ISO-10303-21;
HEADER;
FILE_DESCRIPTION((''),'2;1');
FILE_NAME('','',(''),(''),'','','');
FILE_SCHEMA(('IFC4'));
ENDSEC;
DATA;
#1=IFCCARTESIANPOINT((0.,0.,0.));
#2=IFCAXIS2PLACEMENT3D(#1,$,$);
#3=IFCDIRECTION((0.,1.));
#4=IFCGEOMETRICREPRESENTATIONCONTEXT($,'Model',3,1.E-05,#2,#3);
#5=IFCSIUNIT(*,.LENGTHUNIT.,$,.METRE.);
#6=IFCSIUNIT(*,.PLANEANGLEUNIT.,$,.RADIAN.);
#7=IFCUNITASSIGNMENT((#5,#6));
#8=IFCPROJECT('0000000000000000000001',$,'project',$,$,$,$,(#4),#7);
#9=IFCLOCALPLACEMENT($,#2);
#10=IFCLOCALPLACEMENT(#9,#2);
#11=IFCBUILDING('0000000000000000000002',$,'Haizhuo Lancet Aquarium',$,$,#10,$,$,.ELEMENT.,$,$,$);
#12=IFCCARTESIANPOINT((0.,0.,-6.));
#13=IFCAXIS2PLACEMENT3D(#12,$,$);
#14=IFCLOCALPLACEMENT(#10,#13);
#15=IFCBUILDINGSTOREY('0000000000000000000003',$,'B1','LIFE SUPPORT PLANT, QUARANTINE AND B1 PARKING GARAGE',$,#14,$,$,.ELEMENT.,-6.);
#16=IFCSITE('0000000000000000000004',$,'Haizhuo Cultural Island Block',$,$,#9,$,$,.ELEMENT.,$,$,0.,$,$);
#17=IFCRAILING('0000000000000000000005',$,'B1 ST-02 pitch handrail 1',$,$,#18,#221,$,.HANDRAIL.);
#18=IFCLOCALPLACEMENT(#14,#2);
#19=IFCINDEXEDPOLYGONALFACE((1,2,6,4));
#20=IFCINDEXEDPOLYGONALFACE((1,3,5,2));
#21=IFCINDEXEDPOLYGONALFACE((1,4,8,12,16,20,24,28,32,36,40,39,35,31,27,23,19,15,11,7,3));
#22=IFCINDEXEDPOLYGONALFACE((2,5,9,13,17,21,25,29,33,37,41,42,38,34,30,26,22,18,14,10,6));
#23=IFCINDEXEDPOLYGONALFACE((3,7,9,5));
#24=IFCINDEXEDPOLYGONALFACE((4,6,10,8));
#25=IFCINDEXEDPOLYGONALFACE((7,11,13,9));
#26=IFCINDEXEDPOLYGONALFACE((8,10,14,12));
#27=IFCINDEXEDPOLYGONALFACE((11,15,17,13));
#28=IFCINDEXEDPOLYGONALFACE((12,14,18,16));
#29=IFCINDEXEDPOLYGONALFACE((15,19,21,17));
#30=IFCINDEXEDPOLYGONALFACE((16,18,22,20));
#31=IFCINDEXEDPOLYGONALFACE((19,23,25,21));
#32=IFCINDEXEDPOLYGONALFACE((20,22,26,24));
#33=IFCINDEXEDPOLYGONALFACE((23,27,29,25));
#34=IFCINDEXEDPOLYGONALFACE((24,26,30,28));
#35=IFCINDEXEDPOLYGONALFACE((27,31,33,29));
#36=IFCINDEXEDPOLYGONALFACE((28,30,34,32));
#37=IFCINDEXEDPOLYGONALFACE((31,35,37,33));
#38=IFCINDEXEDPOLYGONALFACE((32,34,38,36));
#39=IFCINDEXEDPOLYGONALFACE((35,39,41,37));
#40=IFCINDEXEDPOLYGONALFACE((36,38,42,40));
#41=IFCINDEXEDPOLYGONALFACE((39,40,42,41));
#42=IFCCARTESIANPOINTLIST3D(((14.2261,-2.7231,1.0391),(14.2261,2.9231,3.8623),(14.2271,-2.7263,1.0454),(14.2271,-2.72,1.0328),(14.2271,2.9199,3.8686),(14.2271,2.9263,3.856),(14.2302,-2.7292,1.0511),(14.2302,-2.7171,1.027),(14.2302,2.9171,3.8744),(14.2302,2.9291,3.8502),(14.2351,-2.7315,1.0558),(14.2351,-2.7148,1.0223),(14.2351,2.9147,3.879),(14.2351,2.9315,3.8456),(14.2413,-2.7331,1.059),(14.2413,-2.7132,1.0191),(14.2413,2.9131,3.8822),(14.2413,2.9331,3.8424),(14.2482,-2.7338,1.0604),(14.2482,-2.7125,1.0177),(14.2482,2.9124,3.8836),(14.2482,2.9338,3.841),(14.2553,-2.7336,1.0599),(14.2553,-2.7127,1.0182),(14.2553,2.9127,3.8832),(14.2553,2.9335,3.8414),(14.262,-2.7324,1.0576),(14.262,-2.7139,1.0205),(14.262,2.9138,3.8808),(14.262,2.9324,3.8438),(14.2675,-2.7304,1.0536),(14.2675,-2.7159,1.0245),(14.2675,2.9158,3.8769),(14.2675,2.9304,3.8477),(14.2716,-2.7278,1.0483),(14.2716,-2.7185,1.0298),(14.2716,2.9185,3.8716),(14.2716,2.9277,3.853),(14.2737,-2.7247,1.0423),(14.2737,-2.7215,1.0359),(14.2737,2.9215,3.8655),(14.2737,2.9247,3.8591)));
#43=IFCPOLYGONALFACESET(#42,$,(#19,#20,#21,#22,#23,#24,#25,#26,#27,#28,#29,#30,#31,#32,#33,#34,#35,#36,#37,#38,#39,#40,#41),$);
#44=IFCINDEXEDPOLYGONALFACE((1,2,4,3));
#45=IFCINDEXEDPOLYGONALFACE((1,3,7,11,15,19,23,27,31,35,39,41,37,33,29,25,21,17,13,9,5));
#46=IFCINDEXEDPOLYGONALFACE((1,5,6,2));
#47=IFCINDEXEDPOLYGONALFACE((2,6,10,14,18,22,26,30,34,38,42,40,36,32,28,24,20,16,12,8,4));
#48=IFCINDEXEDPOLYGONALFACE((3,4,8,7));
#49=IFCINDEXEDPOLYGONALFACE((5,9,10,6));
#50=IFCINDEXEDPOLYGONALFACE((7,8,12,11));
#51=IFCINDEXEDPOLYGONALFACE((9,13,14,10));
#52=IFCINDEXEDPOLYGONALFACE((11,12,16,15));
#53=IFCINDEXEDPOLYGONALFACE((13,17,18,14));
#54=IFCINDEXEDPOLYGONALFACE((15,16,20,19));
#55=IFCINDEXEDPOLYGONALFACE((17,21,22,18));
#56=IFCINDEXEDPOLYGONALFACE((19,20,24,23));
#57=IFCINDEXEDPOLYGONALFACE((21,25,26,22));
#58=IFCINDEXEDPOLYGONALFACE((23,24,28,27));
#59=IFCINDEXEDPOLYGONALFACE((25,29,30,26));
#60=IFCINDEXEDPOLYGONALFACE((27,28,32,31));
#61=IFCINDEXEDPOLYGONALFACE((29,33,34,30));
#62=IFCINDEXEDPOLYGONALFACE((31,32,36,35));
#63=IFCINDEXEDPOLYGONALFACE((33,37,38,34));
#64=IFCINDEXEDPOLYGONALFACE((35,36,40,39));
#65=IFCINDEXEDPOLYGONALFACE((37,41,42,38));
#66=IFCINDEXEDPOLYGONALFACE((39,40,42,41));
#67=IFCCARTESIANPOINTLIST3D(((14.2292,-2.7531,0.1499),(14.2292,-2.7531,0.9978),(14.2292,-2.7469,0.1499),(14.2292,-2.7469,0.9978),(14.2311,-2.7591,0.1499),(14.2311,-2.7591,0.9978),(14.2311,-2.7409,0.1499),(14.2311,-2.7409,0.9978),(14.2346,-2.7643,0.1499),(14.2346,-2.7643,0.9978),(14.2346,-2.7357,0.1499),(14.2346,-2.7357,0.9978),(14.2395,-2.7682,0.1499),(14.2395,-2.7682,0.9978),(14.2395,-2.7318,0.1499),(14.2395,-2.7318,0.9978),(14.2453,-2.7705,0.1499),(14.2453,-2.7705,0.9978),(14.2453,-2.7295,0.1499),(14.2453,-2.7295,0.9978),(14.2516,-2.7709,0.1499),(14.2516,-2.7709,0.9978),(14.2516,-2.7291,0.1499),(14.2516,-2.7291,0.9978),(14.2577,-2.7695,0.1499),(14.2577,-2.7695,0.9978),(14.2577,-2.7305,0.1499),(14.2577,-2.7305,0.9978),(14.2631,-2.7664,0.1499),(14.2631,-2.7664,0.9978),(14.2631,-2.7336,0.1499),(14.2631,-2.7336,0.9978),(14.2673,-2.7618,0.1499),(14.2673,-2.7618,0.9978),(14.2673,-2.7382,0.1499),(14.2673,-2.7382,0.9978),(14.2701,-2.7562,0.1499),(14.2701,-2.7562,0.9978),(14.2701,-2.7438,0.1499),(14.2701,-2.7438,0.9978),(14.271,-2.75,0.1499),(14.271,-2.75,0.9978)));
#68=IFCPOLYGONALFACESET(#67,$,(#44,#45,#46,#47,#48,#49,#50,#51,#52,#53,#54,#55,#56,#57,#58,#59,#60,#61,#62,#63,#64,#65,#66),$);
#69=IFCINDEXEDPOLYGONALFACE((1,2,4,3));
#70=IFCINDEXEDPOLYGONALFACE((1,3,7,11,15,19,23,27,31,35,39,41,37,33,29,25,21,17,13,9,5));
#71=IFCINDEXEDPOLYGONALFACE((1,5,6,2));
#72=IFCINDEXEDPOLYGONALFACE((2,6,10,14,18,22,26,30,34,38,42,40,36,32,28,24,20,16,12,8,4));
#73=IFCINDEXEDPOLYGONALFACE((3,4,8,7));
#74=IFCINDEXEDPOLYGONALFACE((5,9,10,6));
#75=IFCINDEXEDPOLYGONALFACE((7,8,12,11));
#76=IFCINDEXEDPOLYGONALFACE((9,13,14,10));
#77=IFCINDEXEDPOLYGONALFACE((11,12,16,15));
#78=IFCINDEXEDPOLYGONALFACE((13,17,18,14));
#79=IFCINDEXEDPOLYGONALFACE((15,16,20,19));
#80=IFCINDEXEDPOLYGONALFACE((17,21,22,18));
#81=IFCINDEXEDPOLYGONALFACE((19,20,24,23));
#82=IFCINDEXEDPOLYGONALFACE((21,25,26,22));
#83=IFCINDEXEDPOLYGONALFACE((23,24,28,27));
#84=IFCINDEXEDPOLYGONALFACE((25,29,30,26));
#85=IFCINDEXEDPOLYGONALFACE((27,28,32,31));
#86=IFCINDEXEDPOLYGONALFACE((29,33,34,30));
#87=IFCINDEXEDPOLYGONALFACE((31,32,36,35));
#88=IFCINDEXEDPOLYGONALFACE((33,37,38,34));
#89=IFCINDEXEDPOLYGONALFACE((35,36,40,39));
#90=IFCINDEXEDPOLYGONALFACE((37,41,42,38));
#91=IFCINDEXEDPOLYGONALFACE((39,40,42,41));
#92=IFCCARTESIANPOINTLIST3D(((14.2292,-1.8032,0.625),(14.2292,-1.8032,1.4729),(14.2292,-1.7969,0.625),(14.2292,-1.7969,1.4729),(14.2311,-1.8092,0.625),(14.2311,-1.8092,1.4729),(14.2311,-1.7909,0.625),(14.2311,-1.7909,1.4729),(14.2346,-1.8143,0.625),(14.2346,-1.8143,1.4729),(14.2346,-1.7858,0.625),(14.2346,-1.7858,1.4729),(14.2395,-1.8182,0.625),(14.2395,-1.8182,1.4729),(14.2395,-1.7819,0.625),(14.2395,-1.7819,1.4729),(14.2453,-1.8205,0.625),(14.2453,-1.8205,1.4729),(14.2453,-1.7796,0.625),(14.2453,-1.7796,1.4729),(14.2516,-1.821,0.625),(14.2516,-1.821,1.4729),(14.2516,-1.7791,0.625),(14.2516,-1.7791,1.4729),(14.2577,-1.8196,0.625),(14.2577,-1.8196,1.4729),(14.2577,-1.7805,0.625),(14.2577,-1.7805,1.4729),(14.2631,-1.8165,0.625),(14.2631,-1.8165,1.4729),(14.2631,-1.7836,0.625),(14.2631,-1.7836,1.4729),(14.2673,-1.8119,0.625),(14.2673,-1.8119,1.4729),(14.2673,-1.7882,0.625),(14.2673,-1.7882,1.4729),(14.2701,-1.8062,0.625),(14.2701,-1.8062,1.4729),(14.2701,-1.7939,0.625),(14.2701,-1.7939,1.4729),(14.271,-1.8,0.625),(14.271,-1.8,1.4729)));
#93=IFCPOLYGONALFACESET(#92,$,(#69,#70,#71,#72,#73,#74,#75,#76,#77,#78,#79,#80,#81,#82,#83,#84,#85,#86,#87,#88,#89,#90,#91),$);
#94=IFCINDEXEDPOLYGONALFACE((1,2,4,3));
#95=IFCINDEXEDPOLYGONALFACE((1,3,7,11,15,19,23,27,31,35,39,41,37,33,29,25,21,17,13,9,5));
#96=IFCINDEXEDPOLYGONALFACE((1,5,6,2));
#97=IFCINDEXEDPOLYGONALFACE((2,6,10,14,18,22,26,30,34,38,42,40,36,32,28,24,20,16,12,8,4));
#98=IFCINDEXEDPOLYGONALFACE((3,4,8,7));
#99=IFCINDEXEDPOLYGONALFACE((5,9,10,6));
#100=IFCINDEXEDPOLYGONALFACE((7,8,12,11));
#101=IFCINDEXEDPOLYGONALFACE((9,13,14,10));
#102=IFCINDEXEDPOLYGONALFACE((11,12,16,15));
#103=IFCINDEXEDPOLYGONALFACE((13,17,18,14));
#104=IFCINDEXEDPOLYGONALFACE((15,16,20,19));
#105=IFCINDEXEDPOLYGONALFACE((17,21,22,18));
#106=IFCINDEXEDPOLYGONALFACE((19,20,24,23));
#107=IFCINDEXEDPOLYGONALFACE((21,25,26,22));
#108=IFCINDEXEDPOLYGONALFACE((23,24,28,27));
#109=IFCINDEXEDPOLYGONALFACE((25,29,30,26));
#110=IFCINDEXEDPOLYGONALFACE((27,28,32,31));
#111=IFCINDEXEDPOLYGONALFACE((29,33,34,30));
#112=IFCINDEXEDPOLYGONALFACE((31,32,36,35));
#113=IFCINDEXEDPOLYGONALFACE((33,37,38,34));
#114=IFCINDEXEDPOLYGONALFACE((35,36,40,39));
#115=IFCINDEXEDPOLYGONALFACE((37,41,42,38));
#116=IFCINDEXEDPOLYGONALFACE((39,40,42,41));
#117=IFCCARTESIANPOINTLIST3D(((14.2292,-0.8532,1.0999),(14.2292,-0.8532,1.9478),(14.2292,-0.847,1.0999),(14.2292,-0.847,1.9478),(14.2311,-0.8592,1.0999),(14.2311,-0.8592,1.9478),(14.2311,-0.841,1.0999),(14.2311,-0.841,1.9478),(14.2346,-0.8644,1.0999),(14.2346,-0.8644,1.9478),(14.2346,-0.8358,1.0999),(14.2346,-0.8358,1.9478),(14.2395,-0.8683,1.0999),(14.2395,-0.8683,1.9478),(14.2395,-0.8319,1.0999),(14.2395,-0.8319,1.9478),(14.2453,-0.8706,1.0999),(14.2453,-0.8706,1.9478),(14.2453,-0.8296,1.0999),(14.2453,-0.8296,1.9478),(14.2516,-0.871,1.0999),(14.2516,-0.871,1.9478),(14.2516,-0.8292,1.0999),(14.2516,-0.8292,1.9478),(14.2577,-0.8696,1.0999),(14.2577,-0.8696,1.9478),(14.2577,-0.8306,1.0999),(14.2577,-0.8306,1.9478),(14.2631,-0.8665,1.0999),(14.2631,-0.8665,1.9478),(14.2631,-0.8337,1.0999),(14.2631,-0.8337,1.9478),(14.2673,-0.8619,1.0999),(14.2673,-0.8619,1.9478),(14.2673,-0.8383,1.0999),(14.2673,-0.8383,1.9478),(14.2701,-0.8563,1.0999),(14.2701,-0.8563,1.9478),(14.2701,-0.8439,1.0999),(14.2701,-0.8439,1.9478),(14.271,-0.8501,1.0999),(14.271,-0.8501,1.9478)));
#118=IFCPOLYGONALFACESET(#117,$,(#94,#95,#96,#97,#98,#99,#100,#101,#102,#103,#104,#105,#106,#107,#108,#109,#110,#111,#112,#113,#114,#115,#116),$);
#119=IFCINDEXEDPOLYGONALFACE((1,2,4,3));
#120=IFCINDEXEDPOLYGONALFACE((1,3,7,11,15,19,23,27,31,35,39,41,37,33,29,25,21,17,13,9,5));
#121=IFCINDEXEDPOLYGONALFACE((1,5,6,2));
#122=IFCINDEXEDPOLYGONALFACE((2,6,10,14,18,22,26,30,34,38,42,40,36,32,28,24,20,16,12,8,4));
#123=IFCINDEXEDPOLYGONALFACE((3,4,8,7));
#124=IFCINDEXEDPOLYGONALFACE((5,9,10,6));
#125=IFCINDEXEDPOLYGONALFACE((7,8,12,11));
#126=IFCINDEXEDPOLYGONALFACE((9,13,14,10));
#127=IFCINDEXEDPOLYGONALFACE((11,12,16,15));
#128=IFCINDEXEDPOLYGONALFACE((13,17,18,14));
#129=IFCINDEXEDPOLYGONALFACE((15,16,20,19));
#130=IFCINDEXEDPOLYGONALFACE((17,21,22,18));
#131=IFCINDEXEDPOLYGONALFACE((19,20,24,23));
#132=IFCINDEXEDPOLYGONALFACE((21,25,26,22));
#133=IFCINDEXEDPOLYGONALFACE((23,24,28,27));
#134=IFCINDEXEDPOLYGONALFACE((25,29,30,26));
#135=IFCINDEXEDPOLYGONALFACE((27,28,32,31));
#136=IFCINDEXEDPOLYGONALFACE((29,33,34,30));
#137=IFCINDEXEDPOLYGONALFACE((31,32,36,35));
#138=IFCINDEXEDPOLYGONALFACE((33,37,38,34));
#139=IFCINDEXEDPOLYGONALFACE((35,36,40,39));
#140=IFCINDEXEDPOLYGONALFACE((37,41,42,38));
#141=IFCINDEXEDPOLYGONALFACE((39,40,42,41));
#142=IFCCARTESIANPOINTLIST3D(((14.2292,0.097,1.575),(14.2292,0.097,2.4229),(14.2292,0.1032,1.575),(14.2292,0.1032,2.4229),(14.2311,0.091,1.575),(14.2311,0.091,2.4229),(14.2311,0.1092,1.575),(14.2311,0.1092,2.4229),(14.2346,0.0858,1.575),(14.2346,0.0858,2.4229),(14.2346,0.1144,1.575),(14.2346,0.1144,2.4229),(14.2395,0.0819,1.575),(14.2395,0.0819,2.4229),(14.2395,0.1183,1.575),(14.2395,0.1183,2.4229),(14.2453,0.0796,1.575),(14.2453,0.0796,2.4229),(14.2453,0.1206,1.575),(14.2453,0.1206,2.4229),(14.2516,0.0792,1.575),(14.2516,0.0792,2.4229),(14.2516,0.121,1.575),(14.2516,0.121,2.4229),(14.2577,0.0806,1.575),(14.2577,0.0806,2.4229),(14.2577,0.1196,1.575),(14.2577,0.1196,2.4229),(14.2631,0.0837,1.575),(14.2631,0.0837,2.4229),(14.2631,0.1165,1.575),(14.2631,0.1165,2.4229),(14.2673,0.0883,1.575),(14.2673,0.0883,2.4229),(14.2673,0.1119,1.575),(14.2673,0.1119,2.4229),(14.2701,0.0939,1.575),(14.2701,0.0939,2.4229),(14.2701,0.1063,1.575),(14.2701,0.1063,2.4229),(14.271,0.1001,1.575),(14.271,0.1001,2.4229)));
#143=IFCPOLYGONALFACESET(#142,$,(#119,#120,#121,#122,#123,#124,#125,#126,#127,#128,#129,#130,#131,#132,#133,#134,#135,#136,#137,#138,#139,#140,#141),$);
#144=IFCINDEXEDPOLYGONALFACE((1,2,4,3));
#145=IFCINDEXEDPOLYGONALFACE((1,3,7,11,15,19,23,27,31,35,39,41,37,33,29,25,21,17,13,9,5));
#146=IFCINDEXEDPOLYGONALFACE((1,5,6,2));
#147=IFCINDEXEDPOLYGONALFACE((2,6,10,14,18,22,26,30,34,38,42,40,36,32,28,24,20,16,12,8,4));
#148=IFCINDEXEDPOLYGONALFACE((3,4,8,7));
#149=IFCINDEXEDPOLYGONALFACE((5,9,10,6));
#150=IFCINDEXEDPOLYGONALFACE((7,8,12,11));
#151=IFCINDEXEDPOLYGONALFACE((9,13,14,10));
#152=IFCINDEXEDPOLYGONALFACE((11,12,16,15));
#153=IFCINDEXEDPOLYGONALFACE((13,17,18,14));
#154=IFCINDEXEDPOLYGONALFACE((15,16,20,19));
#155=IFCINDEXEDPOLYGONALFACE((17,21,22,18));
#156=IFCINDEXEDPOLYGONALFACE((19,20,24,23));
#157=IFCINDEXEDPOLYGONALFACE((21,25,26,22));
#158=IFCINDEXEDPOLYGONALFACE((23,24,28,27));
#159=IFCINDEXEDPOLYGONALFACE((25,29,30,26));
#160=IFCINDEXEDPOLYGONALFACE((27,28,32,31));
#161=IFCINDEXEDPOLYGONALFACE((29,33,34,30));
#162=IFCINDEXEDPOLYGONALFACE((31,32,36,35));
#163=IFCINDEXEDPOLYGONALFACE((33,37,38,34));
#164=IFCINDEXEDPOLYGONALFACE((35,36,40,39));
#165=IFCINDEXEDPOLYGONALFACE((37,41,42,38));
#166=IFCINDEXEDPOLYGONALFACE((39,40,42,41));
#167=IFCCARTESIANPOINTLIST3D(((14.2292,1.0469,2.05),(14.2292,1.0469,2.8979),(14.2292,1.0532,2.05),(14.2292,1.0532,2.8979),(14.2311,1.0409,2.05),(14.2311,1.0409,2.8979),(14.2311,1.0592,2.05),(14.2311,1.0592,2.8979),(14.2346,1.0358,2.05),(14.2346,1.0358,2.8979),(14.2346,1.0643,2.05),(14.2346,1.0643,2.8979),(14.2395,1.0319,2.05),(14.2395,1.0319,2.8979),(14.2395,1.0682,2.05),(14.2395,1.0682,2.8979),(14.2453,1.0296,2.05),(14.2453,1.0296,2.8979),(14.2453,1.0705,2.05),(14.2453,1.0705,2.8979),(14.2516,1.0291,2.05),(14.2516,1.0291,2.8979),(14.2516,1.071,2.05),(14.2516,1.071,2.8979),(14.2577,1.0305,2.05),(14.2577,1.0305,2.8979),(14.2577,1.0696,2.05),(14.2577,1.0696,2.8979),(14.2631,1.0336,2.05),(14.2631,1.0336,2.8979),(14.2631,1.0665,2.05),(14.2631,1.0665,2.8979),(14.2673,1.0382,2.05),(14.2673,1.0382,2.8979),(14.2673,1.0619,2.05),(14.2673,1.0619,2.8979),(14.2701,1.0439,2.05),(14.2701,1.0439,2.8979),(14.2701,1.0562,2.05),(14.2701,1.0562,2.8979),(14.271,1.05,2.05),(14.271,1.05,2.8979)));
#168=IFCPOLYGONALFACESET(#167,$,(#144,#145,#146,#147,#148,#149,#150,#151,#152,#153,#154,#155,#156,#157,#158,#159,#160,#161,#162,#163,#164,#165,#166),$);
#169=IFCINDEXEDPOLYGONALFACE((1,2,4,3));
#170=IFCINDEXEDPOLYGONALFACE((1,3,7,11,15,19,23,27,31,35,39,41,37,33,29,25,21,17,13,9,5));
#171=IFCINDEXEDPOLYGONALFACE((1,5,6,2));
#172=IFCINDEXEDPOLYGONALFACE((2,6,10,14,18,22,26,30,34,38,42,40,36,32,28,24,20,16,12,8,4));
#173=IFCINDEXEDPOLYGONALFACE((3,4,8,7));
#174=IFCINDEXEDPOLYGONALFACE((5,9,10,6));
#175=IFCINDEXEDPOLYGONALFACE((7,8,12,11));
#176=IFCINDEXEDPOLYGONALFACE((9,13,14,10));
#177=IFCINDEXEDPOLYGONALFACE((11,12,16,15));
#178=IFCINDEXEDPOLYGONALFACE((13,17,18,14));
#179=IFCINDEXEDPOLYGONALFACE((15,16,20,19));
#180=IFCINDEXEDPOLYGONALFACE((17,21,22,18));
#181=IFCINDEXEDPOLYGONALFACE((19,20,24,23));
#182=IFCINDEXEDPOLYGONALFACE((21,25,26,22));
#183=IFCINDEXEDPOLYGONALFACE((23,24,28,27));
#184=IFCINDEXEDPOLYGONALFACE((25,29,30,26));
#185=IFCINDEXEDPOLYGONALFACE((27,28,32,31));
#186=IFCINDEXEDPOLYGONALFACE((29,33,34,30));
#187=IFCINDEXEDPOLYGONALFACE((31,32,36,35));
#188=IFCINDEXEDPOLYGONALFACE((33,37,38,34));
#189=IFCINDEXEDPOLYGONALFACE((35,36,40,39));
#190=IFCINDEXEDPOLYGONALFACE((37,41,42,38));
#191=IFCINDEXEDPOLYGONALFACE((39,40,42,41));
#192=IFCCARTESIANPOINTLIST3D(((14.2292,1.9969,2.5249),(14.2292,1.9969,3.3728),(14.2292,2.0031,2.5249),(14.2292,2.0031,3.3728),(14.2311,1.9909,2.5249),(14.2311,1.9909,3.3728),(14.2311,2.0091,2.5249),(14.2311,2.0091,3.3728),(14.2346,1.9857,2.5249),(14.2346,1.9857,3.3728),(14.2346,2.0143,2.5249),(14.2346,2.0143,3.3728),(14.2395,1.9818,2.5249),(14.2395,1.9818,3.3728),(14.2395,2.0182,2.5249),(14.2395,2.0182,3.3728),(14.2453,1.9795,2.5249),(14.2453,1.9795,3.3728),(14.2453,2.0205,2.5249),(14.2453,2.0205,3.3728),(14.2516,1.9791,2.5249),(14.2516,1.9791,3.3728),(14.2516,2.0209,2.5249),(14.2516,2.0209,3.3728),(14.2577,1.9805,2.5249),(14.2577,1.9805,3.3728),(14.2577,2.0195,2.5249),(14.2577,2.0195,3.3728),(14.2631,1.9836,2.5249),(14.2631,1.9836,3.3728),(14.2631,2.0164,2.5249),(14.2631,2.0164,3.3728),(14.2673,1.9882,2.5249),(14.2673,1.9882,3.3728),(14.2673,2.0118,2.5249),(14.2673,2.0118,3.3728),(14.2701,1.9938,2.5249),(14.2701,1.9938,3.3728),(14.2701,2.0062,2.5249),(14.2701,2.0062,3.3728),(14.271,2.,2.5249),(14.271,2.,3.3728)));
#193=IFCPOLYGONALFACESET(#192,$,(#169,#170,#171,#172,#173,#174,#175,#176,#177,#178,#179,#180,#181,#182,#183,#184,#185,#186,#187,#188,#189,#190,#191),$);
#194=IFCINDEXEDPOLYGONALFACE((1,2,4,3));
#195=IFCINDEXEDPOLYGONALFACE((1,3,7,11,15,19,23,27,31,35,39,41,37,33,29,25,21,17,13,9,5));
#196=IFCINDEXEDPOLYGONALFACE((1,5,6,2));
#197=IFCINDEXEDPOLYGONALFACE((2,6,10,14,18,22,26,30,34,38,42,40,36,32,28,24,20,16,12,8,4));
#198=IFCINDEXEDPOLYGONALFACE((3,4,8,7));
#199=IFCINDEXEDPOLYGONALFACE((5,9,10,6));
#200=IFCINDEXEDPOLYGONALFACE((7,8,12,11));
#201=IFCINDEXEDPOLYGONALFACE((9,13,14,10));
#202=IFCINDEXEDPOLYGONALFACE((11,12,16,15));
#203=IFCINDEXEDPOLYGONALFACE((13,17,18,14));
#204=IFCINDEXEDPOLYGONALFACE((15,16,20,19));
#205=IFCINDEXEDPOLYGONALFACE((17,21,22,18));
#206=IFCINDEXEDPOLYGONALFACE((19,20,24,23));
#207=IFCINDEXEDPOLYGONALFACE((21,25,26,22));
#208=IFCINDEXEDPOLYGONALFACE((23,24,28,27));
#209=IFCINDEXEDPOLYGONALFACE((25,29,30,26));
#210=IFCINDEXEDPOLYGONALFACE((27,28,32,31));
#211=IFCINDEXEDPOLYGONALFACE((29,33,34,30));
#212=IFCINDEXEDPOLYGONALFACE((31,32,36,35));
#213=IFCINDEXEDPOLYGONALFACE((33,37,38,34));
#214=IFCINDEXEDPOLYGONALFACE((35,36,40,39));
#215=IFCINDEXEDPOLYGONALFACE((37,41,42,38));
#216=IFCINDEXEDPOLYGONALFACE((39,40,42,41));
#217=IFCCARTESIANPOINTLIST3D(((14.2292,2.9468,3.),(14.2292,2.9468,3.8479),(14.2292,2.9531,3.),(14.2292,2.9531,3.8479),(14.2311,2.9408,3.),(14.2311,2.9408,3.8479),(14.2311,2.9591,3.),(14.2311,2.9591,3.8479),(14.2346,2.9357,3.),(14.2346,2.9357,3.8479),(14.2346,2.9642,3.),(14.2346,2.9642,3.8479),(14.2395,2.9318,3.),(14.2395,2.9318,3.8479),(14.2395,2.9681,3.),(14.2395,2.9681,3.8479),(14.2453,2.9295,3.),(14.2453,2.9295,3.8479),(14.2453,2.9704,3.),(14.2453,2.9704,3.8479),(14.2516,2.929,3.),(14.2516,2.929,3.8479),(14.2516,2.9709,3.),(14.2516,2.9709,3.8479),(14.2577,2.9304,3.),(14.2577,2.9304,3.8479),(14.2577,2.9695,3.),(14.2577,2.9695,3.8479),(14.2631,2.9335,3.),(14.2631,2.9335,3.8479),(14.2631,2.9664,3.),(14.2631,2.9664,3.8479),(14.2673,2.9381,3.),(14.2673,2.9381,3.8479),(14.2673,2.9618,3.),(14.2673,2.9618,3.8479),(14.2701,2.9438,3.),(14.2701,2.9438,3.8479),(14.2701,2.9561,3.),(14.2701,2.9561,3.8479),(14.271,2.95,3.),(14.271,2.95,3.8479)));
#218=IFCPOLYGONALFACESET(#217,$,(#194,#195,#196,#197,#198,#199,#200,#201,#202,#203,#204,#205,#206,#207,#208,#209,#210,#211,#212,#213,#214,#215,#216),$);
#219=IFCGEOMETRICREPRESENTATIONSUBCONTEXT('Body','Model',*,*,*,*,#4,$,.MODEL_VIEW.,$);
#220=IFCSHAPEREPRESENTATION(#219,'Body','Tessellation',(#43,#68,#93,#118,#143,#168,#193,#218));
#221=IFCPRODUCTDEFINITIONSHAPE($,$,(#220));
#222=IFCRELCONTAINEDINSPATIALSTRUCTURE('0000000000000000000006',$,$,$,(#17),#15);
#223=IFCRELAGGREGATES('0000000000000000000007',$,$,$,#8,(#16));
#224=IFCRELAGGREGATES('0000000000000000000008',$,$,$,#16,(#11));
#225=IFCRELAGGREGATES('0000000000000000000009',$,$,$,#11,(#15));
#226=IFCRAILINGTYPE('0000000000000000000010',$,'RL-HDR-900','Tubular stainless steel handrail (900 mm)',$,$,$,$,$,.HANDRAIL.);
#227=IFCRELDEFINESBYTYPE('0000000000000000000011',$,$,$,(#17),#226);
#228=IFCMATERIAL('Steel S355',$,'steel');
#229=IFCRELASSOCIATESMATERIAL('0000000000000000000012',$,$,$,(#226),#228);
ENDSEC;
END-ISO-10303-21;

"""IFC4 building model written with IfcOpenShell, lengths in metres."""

from ifc_helpers import new_model, si_unit, direction, frame, origin, origin_2d, place, context, subcontext, project, spatial, circle, extrude, material, type_object, element, save


model = new_model("IFC4")

# Units and contexts
model_context = context("Model", 3, precision=1e-05, world=origin(), true_north=direction((0.0, 1.0)))
body_context = subcontext(model_context, "Body", "Model", "MODEL_VIEW")
ifc_project = project(units=[si_unit("LENGTHUNIT", "METRE"), si_unit("PLANEANGLEUNIT", "RADIAN")], contexts=[model_context])

# Site, building, storey
site_placement = place(None, origin())
site = spatial("IfcSite", under=ifc_project, at=site_placement, Name="Haizhuo Cultural Island Block", CompositionType="ELEMENT", RefElevation=0.0)
building_placement = place(site_placement, origin())
building = spatial("IfcBuilding", under=site, at=building_placement, Name="Haizhuo Lancet Aquarium", CompositionType="ELEMENT")
storey_placement = place(building_placement, frame((0.0, 0.0, -6.0)))
storey = spatial("IfcBuildingStorey", under=building, at=storey_placement, Name="B1", Description="LIFE SUPPORT PLANT, QUARANTINE AND B1 PARKING GARAGE", CompositionType="ELEMENT", Elevation=-6.0)

# Shared definitions
ifc_material_1 = material(Name="Steel S355", Category="steel")

# Railing
railing_type_1 = type_object("IfcRailingType", Name="RL-HDR-900", Description="Tubular stainless steel handrail (900 mm)", PredefinedType="HANDRAIL", material=ifc_material_1)
railing_1_placement = place(storey_placement, frame((14.25, -2.75, 0.1499)))
element("IfcRailing", 1, at=railing_1_placement, inside=storey, type_object=railing_type_1, Name="B1 ST-02 pitch handrail 1", PredefinedType="HANDRAIL", context=body_context, shape_type="SweptSolid", body=[
    extrude(circle(Radius=0.0239, at=origin_2d()), frame((0.0, 0.0269, 0.8892), z_axis=(0.0, 0.89442, 0.447229), x_axis=(-1.0, 0.0, 0.0)), (0.0, 0.0, 1.0), 6.3127),
    extrude(circle(Radius=0.021, at=origin_2d()), origin(), (0.0, 0.0, 1.0), 0.8479),
    extrude(circle(Radius=0.021, at=origin_2d()), frame((0.0, 0.95, 0.4751)), (0.0, 0.0, 1.0), 0.8479),
    extrude(circle(Radius=0.021, at=origin_2d()), frame((0.0, 1.8999, 0.95)), (0.0, 0.0, 1.0), 0.8479),
    extrude(circle(Radius=0.021, at=origin_2d()), frame((0.0, 2.8501, 1.425)), (0.0, 0.0, 1.0), 0.8479),
    extrude(circle(Radius=0.021, at=origin_2d()), frame((0.0, 3.8, 1.9001)), (0.0, 0.0, 1.0), 0.8479),
    extrude(circle(Radius=0.021, at=origin_2d()), frame((0.0, 4.75, 2.375)), (0.0, 0.0, 1.0), 0.8479),
    extrude(circle(Radius=0.021, at=origin_2d()), frame((0.0, 5.7, 2.8501)), (0.0, 0.0, 1.0), 0.8479),
])

save(model, "model.ifc")
